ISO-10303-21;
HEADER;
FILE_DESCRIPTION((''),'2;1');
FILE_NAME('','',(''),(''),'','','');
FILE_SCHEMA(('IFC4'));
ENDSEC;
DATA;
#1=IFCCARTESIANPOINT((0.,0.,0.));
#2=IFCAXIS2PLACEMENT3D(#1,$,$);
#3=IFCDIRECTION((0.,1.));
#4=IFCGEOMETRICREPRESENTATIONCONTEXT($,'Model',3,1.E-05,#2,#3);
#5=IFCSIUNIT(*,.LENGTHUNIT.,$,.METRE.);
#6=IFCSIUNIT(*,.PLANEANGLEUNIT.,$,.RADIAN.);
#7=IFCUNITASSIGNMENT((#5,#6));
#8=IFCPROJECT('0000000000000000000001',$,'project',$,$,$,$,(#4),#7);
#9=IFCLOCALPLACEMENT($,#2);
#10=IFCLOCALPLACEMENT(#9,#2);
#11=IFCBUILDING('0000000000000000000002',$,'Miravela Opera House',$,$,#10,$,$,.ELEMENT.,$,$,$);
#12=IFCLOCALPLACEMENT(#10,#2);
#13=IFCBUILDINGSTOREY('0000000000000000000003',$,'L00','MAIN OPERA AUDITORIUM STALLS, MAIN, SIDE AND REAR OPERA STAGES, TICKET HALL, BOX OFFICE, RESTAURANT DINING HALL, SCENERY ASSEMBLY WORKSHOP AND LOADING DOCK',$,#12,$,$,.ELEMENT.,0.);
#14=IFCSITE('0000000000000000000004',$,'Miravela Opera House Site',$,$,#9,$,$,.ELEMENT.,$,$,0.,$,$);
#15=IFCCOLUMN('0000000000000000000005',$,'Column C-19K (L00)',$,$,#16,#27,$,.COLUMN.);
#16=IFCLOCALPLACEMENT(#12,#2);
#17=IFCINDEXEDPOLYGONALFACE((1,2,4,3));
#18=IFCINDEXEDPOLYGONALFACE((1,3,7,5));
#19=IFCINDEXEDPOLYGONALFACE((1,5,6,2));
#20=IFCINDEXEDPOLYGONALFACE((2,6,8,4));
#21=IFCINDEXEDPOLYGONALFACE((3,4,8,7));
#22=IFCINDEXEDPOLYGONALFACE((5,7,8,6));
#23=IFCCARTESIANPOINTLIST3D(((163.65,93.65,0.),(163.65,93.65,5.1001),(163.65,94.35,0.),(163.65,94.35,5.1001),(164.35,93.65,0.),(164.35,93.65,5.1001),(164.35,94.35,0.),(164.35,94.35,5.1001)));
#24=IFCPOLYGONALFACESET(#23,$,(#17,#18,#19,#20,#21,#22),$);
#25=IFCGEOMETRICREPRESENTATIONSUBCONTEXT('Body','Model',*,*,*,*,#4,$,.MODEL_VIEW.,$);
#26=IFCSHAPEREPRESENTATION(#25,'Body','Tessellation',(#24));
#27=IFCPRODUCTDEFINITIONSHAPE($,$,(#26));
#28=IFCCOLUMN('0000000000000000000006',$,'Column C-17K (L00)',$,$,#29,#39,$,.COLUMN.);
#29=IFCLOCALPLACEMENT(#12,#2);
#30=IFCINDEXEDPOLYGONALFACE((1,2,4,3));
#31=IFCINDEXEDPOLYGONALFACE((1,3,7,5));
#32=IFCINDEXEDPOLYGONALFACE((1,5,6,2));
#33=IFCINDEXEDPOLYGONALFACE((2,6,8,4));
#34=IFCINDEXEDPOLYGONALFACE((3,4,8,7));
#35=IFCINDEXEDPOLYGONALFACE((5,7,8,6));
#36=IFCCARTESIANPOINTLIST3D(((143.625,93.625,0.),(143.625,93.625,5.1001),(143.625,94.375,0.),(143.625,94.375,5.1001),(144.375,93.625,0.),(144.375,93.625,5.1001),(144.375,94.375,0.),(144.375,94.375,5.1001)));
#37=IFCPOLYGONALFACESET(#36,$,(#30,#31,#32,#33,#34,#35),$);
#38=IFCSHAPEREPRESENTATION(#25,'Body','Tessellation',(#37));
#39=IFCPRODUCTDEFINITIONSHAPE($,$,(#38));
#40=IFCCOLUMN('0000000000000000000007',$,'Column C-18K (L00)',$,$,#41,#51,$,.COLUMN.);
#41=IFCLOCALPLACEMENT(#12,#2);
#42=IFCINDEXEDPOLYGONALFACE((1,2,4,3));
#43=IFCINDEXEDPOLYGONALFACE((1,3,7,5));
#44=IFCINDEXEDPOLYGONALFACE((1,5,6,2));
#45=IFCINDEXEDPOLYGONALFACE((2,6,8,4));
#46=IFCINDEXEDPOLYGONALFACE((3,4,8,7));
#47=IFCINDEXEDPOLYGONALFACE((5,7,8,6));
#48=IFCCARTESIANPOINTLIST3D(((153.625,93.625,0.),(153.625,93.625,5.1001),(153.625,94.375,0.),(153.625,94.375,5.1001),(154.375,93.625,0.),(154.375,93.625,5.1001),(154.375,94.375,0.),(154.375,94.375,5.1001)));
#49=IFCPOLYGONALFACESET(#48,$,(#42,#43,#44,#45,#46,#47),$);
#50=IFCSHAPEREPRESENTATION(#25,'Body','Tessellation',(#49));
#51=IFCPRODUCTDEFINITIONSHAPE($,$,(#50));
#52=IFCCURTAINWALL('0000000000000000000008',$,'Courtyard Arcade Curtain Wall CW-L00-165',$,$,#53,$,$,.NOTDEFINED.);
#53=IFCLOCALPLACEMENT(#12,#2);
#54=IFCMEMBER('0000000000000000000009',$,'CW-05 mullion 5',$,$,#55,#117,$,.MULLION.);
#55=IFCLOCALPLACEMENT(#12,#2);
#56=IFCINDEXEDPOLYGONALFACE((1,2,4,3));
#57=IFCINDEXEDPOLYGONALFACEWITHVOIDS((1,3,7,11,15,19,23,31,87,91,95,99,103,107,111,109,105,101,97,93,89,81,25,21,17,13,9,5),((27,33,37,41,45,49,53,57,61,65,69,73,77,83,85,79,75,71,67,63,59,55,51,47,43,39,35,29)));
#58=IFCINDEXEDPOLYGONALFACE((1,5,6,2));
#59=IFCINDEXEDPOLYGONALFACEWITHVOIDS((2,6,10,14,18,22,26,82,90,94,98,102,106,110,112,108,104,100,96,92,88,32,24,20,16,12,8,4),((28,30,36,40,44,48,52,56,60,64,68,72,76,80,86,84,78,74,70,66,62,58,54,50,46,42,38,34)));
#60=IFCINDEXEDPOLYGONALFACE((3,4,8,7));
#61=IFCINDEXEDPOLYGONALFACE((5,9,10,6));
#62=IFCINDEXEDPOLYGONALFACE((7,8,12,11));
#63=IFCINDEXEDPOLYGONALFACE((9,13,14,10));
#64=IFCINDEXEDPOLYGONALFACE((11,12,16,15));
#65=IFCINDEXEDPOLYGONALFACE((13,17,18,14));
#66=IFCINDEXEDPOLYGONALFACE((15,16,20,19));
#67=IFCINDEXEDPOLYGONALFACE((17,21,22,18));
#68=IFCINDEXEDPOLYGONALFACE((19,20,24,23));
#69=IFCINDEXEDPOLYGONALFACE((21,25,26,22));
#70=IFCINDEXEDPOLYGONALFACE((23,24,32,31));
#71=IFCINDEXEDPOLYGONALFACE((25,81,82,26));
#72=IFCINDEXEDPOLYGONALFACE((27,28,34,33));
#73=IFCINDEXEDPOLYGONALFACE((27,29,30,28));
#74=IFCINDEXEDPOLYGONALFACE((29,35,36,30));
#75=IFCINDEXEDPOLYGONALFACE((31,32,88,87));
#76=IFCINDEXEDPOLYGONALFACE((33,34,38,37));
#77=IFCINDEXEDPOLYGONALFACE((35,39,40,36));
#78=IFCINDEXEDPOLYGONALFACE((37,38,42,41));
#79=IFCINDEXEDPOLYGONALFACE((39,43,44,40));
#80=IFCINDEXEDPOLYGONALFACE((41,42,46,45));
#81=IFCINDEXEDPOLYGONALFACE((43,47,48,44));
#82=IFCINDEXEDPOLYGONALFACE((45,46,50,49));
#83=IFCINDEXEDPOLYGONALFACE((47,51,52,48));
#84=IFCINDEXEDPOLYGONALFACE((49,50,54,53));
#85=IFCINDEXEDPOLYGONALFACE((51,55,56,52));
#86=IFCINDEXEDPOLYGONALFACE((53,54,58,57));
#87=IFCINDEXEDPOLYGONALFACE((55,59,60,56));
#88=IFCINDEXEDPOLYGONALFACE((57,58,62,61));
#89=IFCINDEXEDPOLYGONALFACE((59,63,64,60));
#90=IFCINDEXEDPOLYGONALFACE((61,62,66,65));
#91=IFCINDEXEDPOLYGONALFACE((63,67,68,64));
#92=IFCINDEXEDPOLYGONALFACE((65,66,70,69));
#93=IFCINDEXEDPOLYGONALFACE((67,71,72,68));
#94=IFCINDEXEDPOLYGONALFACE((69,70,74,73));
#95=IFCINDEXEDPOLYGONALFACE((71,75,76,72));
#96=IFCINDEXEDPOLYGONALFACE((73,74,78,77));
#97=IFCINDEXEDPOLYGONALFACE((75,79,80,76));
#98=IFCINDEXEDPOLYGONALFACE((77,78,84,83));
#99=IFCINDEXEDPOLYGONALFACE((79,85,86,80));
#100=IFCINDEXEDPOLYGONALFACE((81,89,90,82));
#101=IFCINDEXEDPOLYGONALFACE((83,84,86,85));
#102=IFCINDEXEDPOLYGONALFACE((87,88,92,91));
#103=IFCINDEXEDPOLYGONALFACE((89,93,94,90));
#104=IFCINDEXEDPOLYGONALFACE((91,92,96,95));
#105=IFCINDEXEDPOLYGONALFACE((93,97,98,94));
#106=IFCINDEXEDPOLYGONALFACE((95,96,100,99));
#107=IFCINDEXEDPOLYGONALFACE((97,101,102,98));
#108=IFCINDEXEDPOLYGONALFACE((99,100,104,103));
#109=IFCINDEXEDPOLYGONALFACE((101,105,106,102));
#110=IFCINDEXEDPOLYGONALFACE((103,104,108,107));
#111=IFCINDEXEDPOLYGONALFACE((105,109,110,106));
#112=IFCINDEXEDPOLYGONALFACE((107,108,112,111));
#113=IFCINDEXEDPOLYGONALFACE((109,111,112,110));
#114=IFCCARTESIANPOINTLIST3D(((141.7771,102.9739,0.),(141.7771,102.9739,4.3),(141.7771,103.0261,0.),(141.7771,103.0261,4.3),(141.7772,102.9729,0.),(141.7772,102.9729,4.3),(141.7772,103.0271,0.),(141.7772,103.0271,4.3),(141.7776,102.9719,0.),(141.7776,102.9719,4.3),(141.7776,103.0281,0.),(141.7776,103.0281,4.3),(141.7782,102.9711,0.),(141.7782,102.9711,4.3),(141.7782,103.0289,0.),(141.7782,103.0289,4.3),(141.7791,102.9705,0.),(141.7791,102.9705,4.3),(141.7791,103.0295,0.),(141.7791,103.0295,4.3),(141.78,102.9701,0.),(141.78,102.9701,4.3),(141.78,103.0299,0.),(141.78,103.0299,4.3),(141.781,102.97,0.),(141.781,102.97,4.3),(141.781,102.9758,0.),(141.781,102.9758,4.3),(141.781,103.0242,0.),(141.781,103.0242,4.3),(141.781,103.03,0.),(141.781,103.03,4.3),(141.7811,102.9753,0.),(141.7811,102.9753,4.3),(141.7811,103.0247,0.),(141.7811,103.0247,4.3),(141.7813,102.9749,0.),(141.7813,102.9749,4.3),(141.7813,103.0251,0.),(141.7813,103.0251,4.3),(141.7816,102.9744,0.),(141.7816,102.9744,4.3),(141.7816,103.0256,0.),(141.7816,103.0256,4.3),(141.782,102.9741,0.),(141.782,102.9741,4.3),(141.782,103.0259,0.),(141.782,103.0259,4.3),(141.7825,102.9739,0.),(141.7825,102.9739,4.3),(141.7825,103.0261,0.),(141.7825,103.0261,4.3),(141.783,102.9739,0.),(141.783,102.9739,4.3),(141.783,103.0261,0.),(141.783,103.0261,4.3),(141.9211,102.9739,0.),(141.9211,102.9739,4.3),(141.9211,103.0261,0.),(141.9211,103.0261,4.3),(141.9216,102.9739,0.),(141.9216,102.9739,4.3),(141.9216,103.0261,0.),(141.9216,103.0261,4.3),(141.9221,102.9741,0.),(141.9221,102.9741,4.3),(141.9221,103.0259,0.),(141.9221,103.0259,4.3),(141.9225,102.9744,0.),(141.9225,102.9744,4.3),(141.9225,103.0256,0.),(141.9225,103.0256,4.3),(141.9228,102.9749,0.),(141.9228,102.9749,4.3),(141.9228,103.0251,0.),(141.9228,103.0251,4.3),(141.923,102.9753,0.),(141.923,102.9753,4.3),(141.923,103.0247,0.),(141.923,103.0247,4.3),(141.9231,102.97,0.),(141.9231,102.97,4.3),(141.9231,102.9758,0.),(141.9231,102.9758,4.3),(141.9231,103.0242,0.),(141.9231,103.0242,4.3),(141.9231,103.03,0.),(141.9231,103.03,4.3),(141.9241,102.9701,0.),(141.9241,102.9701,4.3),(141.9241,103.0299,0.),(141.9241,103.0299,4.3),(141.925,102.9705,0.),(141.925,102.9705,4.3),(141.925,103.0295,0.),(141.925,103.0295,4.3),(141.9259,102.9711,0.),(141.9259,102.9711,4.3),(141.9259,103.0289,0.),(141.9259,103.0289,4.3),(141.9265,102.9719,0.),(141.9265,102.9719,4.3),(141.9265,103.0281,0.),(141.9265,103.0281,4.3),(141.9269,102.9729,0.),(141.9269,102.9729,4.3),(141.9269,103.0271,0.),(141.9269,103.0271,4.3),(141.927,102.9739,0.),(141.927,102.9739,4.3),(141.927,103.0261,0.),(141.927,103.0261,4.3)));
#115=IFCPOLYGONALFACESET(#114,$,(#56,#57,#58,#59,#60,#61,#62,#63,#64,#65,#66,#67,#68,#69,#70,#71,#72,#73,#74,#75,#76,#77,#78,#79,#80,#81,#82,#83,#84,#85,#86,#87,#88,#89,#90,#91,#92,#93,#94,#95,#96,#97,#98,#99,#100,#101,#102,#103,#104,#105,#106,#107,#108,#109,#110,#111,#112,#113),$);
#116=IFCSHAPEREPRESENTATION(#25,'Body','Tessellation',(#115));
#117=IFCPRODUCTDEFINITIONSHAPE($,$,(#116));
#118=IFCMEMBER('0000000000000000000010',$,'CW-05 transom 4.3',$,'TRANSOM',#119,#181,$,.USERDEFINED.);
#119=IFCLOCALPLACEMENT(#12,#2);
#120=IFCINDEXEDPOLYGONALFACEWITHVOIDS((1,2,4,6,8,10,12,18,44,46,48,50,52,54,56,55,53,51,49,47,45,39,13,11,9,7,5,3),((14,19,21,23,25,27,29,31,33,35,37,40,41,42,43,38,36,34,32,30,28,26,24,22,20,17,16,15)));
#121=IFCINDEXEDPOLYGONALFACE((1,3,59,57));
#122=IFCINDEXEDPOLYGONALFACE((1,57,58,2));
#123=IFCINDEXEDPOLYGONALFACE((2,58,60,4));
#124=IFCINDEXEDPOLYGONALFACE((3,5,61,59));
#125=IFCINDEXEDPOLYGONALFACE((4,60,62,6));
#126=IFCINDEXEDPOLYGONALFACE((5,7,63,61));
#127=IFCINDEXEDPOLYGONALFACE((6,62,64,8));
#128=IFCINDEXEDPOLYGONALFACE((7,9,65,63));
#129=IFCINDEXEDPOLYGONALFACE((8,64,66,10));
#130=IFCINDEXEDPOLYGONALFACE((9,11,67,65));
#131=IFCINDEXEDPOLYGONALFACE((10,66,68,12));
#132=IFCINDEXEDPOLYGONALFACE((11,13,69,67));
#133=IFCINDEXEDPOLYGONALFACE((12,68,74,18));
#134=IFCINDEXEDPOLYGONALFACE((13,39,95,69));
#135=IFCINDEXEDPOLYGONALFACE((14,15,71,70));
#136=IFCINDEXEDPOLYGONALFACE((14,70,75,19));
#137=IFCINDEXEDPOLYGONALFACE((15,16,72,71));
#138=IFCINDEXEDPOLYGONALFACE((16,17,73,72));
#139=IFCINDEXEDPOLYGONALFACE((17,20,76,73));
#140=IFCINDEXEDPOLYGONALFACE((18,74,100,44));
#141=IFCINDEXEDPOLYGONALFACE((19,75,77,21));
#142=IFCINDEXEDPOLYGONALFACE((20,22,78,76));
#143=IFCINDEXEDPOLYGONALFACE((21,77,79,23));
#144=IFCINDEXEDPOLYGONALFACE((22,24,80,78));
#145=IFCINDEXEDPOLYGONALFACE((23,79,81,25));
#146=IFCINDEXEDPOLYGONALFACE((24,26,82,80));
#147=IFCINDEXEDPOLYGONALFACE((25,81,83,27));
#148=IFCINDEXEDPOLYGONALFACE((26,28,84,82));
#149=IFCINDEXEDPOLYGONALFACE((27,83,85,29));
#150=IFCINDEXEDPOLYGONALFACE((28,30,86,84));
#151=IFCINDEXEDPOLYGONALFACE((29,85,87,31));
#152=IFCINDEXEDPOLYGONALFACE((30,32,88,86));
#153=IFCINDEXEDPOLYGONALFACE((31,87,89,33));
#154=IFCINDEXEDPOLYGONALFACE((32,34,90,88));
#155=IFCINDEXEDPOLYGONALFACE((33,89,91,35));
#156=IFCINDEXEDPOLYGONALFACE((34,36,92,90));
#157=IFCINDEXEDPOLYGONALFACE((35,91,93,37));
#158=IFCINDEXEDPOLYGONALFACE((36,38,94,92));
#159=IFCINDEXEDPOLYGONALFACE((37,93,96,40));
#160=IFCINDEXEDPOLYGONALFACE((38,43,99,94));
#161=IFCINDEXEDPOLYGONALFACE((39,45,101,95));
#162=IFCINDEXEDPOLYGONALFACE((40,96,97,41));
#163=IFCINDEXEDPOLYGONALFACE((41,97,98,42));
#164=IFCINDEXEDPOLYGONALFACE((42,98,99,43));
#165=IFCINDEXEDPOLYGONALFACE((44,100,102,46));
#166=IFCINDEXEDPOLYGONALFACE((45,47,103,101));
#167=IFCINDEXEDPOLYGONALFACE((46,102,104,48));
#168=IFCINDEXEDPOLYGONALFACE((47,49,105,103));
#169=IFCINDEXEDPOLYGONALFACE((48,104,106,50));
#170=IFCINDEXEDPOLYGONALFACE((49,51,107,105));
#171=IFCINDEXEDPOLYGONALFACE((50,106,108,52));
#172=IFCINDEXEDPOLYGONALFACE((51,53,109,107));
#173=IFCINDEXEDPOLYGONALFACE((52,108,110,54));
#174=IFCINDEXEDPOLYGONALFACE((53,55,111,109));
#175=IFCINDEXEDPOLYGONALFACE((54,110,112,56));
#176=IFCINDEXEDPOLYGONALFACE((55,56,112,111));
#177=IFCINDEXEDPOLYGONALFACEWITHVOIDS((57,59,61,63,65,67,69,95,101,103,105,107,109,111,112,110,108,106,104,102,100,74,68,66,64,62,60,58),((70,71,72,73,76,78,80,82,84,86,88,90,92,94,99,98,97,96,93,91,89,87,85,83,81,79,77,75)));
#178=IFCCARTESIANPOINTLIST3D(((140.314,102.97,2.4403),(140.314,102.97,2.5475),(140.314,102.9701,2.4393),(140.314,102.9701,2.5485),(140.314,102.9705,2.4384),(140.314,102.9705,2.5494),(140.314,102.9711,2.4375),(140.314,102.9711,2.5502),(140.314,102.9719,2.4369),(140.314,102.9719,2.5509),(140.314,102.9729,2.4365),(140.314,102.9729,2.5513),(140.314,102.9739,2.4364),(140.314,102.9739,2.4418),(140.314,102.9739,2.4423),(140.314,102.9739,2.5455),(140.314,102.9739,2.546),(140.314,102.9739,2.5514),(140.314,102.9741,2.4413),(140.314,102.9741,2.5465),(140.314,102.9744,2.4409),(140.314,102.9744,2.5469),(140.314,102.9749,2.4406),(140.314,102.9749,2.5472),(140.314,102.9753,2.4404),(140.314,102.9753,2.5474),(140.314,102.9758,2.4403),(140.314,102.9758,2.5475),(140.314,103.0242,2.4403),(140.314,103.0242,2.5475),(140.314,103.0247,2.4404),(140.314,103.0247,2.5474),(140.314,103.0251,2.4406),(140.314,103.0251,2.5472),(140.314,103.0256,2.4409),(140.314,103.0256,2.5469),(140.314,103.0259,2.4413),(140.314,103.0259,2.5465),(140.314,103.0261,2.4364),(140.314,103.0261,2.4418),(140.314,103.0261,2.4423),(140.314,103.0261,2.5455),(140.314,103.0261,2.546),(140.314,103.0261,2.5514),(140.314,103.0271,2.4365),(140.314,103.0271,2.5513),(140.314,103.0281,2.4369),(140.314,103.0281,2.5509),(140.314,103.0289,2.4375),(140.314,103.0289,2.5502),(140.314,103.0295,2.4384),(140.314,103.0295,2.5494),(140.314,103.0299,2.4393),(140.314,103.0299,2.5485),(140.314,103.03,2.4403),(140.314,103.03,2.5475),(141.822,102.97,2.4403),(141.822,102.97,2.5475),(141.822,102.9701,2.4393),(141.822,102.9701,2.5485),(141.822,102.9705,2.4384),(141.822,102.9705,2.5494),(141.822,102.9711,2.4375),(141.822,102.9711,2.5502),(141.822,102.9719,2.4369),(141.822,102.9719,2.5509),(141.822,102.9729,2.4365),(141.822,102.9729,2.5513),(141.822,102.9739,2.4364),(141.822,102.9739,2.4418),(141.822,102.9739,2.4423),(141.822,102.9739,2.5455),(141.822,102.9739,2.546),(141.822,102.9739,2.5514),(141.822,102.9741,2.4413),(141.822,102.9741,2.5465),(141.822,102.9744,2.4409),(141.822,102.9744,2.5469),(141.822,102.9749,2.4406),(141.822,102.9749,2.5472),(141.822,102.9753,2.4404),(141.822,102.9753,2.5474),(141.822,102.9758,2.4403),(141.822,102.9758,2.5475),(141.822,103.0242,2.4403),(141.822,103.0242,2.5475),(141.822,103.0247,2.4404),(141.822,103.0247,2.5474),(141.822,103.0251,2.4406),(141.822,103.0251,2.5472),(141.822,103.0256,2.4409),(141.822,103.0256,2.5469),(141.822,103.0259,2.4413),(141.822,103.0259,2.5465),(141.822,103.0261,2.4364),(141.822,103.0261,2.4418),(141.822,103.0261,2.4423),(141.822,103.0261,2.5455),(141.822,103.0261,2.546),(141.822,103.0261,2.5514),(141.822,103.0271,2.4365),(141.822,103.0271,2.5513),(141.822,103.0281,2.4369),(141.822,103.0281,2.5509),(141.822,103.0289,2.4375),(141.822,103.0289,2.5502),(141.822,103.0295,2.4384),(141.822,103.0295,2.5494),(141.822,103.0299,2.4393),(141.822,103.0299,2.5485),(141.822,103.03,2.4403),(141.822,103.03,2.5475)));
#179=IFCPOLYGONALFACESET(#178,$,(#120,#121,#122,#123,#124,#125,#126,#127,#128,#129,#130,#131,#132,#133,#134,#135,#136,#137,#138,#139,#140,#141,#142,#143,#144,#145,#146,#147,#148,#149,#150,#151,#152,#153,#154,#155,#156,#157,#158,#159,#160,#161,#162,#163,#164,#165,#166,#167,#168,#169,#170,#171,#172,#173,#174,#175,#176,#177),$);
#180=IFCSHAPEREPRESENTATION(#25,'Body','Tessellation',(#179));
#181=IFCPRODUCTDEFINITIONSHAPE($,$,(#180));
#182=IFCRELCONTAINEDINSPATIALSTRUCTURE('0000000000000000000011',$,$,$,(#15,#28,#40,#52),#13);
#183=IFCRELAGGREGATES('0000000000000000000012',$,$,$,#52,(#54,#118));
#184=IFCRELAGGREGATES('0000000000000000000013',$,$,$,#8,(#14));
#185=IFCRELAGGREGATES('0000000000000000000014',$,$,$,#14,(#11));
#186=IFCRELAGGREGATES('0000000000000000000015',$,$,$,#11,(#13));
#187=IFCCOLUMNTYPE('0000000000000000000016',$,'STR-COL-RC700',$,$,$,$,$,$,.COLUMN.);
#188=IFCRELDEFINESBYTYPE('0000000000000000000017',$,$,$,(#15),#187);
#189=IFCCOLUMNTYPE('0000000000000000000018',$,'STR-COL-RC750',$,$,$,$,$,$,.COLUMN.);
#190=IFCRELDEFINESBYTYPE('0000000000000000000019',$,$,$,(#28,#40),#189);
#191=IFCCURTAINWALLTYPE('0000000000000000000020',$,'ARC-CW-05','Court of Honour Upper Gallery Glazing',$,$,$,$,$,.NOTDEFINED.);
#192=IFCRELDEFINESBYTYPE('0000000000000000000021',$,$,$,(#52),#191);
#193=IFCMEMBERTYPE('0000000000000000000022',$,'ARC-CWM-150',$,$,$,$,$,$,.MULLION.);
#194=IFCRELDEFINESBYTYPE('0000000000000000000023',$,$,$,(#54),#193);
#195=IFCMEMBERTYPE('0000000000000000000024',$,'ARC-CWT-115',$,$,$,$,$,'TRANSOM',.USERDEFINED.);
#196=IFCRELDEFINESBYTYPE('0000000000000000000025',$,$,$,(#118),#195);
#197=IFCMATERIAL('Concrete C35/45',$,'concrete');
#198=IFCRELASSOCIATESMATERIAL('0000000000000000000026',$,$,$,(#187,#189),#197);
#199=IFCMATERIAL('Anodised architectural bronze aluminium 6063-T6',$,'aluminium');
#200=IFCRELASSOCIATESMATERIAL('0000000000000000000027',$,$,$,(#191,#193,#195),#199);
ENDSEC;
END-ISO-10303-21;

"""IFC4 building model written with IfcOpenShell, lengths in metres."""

from ifc_helpers import new_model, si_unit, direction, frame, origin, origin_2d, place, context, subcontext, project, spatial, rectangle, hollow_rectangle, extrude, material, material_profile, profile_set, type_object, element, aggregate, save


model = new_model("IFC4")

# Units and contexts
model_context = context("Model", 3, precision=1e-05, world=origin(), true_north=direction((0.0, 1.0)))
body_context = subcontext(model_context, "Body", "Model", "MODEL_VIEW")
ifc_project = project(units=[si_unit("LENGTHUNIT", "METRE"), si_unit("PLANEANGLEUNIT", "RADIAN")], contexts=[model_context])

# Site, building, storey
site_placement = place(None, origin())
site = spatial("IfcSite", under=ifc_project, at=site_placement, Name="Miravela Opera House Site", CompositionType="ELEMENT", RefElevation=0.0)
building_placement = place(site_placement, origin())
building = spatial("IfcBuilding", under=site, at=building_placement, Name="Miravela Opera House", CompositionType="ELEMENT")
storey_placement = place(building_placement, origin())
storey = spatial("IfcBuildingStorey", under=building, at=storey_placement, Name="L00", Description="MAIN OPERA AUDITORIUM STALLS, MAIN, SIDE AND REAR OPERA STAGES, TICKET HALL, BOX OFFICE, RESTAURANT DINING HALL, SCENERY ASSEMBLY WORKSHOP AND LOADING DOCK", CompositionType="ELEMENT", Elevation=0.0)

# Columns
ifc_material_1 = material(Name="Concrete C35/45", Category="concrete")
ifc_material_profile_1 = material_profile(ifc_material_1, rectangle(XDim=0.7, YDim=0.7, at=origin_2d()), Name="RC-COL-700X700")
ifc_profile_set_1 = profile_set([ifc_material_profile_1])
column_type_1 = type_object("IfcColumnType", Name="STR-COL-RC700", PredefinedType="COLUMN", material=ifc_profile_set_1)
column_placement = place(storey_placement, frame((164.0, 94.0, 0.0), z_axis=(0.0, 0.0, 1.0), x_axis=(1.0, 0.0, 0.0)))
element("IfcColumn", 1, at=column_placement, inside=storey, type_object=column_type_1, Name="Column C-19K (L00)", PredefinedType="COLUMN", context=body_context, shape_type="SweptSolid", body=[
    extrude(rectangle(XDim=0.7, YDim=0.7, at=origin_2d()), origin(), (0.0, 0.0, 1.0), 5.1001),
])
ifc_material_profile_2 = material_profile(ifc_material_1, rectangle(XDim=0.75, YDim=0.75, at=origin_2d()), Name="RC-COL-750X750")
ifc_profile_set_2 = profile_set([ifc_material_profile_2])
column_type_2 = type_object("IfcColumnType", Name="STR-COL-RC750", PredefinedType="COLUMN", material=ifc_profile_set_2)
for number, where, z_axis, x_axis, name in (
    (2, (144.0, 94.0, 0.0), (0.0, 0.0, 1.0), (1.0, 0.0, 0.0), "Column C-17K (L00)"),
    (3, (154.0, 94.0, 0.0), (0.0, 0.0, 1.0), (1.0, 0.0, 0.0), "Column C-18K (L00)"),
):
    element("IfcColumn", number, at=place(storey_placement, frame(where, z_axis=z_axis, x_axis=x_axis)), inside=storey, type_object=column_type_2, Name=name, PredefinedType="COLUMN", context=body_context, shape_type="SweptSolid", body=[
        extrude(rectangle(XDim=0.75, YDim=0.75, at=origin_2d()), origin(), (0.0, 0.0, 1.0), 5.1001),
    ])

# Curtain wall, members
ifc_material_2 = material(Name="Anodised architectural bronze aluminium 6063-T6", Category="aluminium")
curtain_wall_type = type_object("IfcCurtainWallType", Name="ARC-CW-05", Description="Court of Honour Upper Gallery Glazing", PredefinedType="NOTDEFINED", material=ifc_material_2)
curtain_wall_placement = place(storey_placement, origin())
curtain_wall = element("IfcCurtainWall", 4, at=curtain_wall_placement, inside=storey, type_object=curtain_wall_type, Name="Courtyard Arcade Curtain Wall CW-L00-165", PredefinedType="NOTDEFINED")
ifc_material_profile_3 = material_profile(ifc_material_2, hollow_rectangle(XDim=0.0601, YDim=0.1499, WallThickness=0.0039, InnerFilletRadius=0.002, OuterFilletRadius=0.0039, at=origin_2d()), Name="CWM-60X150")
ifc_profile_set_3 = profile_set([ifc_material_profile_3])
member_type_1 = type_object("IfcMemberType", Name="ARC-CWM-150", PredefinedType="MULLION", material=ifc_profile_set_3)
member_1_placement = place(storey_placement, frame((141.8521, 103.0, 0.0), z_axis=(0.0, 0.0, 1.0), x_axis=(0.0, 1.0, 0.0)))
member_1 = element("IfcMember", 5, at=member_1_placement, type_object=member_type_1, Name="CW-05 mullion 5", PredefinedType="MULLION", context=body_context, shape_type="SweptSolid", body=[
    extrude(hollow_rectangle(XDim=0.0601, YDim=0.1499, WallThickness=0.0039, InnerFilletRadius=0.002, OuterFilletRadius=0.0039, at=origin_2d()), origin(), (0.0, 0.0, 1.0), 4.3),
])
ifc_material_profile_4 = material_profile(ifc_material_2, hollow_rectangle(XDim=0.0601, YDim=0.115, WallThickness=0.0039, InnerFilletRadius=0.002, OuterFilletRadius=0.0039, at=origin_2d()), Name="CWT-60X115")
ifc_profile_set_4 = profile_set([ifc_material_profile_4])
member_type_2 = type_object("IfcMemberType", Name="ARC-CWT-115", ElementType="TRANSOM", PredefinedType="USERDEFINED", material=ifc_profile_set_4)
member_2_placement = place(storey_placement, frame((140.314, 103.0, 2.4939), z_axis=(1.0, 0.0, 0.0), x_axis=(0.0, 1.0, 0.0)))
member_2 = element("IfcMember", 6, at=member_2_placement, type_object=member_type_2, Name="CW-05 transom 4.3", ObjectType="TRANSOM", PredefinedType="USERDEFINED", context=body_context, shape_type="SweptSolid", body=[
    extrude(hollow_rectangle(XDim=0.0601, YDim=0.115, WallThickness=0.0039, InnerFilletRadius=0.002, OuterFilletRadius=0.0039, at=origin_2d()), origin(), (0.0, 0.0, 1.0), 1.5081),
])

aggregate(curtain_wall, [member_1, member_2])

save(model, "model.ifc")
